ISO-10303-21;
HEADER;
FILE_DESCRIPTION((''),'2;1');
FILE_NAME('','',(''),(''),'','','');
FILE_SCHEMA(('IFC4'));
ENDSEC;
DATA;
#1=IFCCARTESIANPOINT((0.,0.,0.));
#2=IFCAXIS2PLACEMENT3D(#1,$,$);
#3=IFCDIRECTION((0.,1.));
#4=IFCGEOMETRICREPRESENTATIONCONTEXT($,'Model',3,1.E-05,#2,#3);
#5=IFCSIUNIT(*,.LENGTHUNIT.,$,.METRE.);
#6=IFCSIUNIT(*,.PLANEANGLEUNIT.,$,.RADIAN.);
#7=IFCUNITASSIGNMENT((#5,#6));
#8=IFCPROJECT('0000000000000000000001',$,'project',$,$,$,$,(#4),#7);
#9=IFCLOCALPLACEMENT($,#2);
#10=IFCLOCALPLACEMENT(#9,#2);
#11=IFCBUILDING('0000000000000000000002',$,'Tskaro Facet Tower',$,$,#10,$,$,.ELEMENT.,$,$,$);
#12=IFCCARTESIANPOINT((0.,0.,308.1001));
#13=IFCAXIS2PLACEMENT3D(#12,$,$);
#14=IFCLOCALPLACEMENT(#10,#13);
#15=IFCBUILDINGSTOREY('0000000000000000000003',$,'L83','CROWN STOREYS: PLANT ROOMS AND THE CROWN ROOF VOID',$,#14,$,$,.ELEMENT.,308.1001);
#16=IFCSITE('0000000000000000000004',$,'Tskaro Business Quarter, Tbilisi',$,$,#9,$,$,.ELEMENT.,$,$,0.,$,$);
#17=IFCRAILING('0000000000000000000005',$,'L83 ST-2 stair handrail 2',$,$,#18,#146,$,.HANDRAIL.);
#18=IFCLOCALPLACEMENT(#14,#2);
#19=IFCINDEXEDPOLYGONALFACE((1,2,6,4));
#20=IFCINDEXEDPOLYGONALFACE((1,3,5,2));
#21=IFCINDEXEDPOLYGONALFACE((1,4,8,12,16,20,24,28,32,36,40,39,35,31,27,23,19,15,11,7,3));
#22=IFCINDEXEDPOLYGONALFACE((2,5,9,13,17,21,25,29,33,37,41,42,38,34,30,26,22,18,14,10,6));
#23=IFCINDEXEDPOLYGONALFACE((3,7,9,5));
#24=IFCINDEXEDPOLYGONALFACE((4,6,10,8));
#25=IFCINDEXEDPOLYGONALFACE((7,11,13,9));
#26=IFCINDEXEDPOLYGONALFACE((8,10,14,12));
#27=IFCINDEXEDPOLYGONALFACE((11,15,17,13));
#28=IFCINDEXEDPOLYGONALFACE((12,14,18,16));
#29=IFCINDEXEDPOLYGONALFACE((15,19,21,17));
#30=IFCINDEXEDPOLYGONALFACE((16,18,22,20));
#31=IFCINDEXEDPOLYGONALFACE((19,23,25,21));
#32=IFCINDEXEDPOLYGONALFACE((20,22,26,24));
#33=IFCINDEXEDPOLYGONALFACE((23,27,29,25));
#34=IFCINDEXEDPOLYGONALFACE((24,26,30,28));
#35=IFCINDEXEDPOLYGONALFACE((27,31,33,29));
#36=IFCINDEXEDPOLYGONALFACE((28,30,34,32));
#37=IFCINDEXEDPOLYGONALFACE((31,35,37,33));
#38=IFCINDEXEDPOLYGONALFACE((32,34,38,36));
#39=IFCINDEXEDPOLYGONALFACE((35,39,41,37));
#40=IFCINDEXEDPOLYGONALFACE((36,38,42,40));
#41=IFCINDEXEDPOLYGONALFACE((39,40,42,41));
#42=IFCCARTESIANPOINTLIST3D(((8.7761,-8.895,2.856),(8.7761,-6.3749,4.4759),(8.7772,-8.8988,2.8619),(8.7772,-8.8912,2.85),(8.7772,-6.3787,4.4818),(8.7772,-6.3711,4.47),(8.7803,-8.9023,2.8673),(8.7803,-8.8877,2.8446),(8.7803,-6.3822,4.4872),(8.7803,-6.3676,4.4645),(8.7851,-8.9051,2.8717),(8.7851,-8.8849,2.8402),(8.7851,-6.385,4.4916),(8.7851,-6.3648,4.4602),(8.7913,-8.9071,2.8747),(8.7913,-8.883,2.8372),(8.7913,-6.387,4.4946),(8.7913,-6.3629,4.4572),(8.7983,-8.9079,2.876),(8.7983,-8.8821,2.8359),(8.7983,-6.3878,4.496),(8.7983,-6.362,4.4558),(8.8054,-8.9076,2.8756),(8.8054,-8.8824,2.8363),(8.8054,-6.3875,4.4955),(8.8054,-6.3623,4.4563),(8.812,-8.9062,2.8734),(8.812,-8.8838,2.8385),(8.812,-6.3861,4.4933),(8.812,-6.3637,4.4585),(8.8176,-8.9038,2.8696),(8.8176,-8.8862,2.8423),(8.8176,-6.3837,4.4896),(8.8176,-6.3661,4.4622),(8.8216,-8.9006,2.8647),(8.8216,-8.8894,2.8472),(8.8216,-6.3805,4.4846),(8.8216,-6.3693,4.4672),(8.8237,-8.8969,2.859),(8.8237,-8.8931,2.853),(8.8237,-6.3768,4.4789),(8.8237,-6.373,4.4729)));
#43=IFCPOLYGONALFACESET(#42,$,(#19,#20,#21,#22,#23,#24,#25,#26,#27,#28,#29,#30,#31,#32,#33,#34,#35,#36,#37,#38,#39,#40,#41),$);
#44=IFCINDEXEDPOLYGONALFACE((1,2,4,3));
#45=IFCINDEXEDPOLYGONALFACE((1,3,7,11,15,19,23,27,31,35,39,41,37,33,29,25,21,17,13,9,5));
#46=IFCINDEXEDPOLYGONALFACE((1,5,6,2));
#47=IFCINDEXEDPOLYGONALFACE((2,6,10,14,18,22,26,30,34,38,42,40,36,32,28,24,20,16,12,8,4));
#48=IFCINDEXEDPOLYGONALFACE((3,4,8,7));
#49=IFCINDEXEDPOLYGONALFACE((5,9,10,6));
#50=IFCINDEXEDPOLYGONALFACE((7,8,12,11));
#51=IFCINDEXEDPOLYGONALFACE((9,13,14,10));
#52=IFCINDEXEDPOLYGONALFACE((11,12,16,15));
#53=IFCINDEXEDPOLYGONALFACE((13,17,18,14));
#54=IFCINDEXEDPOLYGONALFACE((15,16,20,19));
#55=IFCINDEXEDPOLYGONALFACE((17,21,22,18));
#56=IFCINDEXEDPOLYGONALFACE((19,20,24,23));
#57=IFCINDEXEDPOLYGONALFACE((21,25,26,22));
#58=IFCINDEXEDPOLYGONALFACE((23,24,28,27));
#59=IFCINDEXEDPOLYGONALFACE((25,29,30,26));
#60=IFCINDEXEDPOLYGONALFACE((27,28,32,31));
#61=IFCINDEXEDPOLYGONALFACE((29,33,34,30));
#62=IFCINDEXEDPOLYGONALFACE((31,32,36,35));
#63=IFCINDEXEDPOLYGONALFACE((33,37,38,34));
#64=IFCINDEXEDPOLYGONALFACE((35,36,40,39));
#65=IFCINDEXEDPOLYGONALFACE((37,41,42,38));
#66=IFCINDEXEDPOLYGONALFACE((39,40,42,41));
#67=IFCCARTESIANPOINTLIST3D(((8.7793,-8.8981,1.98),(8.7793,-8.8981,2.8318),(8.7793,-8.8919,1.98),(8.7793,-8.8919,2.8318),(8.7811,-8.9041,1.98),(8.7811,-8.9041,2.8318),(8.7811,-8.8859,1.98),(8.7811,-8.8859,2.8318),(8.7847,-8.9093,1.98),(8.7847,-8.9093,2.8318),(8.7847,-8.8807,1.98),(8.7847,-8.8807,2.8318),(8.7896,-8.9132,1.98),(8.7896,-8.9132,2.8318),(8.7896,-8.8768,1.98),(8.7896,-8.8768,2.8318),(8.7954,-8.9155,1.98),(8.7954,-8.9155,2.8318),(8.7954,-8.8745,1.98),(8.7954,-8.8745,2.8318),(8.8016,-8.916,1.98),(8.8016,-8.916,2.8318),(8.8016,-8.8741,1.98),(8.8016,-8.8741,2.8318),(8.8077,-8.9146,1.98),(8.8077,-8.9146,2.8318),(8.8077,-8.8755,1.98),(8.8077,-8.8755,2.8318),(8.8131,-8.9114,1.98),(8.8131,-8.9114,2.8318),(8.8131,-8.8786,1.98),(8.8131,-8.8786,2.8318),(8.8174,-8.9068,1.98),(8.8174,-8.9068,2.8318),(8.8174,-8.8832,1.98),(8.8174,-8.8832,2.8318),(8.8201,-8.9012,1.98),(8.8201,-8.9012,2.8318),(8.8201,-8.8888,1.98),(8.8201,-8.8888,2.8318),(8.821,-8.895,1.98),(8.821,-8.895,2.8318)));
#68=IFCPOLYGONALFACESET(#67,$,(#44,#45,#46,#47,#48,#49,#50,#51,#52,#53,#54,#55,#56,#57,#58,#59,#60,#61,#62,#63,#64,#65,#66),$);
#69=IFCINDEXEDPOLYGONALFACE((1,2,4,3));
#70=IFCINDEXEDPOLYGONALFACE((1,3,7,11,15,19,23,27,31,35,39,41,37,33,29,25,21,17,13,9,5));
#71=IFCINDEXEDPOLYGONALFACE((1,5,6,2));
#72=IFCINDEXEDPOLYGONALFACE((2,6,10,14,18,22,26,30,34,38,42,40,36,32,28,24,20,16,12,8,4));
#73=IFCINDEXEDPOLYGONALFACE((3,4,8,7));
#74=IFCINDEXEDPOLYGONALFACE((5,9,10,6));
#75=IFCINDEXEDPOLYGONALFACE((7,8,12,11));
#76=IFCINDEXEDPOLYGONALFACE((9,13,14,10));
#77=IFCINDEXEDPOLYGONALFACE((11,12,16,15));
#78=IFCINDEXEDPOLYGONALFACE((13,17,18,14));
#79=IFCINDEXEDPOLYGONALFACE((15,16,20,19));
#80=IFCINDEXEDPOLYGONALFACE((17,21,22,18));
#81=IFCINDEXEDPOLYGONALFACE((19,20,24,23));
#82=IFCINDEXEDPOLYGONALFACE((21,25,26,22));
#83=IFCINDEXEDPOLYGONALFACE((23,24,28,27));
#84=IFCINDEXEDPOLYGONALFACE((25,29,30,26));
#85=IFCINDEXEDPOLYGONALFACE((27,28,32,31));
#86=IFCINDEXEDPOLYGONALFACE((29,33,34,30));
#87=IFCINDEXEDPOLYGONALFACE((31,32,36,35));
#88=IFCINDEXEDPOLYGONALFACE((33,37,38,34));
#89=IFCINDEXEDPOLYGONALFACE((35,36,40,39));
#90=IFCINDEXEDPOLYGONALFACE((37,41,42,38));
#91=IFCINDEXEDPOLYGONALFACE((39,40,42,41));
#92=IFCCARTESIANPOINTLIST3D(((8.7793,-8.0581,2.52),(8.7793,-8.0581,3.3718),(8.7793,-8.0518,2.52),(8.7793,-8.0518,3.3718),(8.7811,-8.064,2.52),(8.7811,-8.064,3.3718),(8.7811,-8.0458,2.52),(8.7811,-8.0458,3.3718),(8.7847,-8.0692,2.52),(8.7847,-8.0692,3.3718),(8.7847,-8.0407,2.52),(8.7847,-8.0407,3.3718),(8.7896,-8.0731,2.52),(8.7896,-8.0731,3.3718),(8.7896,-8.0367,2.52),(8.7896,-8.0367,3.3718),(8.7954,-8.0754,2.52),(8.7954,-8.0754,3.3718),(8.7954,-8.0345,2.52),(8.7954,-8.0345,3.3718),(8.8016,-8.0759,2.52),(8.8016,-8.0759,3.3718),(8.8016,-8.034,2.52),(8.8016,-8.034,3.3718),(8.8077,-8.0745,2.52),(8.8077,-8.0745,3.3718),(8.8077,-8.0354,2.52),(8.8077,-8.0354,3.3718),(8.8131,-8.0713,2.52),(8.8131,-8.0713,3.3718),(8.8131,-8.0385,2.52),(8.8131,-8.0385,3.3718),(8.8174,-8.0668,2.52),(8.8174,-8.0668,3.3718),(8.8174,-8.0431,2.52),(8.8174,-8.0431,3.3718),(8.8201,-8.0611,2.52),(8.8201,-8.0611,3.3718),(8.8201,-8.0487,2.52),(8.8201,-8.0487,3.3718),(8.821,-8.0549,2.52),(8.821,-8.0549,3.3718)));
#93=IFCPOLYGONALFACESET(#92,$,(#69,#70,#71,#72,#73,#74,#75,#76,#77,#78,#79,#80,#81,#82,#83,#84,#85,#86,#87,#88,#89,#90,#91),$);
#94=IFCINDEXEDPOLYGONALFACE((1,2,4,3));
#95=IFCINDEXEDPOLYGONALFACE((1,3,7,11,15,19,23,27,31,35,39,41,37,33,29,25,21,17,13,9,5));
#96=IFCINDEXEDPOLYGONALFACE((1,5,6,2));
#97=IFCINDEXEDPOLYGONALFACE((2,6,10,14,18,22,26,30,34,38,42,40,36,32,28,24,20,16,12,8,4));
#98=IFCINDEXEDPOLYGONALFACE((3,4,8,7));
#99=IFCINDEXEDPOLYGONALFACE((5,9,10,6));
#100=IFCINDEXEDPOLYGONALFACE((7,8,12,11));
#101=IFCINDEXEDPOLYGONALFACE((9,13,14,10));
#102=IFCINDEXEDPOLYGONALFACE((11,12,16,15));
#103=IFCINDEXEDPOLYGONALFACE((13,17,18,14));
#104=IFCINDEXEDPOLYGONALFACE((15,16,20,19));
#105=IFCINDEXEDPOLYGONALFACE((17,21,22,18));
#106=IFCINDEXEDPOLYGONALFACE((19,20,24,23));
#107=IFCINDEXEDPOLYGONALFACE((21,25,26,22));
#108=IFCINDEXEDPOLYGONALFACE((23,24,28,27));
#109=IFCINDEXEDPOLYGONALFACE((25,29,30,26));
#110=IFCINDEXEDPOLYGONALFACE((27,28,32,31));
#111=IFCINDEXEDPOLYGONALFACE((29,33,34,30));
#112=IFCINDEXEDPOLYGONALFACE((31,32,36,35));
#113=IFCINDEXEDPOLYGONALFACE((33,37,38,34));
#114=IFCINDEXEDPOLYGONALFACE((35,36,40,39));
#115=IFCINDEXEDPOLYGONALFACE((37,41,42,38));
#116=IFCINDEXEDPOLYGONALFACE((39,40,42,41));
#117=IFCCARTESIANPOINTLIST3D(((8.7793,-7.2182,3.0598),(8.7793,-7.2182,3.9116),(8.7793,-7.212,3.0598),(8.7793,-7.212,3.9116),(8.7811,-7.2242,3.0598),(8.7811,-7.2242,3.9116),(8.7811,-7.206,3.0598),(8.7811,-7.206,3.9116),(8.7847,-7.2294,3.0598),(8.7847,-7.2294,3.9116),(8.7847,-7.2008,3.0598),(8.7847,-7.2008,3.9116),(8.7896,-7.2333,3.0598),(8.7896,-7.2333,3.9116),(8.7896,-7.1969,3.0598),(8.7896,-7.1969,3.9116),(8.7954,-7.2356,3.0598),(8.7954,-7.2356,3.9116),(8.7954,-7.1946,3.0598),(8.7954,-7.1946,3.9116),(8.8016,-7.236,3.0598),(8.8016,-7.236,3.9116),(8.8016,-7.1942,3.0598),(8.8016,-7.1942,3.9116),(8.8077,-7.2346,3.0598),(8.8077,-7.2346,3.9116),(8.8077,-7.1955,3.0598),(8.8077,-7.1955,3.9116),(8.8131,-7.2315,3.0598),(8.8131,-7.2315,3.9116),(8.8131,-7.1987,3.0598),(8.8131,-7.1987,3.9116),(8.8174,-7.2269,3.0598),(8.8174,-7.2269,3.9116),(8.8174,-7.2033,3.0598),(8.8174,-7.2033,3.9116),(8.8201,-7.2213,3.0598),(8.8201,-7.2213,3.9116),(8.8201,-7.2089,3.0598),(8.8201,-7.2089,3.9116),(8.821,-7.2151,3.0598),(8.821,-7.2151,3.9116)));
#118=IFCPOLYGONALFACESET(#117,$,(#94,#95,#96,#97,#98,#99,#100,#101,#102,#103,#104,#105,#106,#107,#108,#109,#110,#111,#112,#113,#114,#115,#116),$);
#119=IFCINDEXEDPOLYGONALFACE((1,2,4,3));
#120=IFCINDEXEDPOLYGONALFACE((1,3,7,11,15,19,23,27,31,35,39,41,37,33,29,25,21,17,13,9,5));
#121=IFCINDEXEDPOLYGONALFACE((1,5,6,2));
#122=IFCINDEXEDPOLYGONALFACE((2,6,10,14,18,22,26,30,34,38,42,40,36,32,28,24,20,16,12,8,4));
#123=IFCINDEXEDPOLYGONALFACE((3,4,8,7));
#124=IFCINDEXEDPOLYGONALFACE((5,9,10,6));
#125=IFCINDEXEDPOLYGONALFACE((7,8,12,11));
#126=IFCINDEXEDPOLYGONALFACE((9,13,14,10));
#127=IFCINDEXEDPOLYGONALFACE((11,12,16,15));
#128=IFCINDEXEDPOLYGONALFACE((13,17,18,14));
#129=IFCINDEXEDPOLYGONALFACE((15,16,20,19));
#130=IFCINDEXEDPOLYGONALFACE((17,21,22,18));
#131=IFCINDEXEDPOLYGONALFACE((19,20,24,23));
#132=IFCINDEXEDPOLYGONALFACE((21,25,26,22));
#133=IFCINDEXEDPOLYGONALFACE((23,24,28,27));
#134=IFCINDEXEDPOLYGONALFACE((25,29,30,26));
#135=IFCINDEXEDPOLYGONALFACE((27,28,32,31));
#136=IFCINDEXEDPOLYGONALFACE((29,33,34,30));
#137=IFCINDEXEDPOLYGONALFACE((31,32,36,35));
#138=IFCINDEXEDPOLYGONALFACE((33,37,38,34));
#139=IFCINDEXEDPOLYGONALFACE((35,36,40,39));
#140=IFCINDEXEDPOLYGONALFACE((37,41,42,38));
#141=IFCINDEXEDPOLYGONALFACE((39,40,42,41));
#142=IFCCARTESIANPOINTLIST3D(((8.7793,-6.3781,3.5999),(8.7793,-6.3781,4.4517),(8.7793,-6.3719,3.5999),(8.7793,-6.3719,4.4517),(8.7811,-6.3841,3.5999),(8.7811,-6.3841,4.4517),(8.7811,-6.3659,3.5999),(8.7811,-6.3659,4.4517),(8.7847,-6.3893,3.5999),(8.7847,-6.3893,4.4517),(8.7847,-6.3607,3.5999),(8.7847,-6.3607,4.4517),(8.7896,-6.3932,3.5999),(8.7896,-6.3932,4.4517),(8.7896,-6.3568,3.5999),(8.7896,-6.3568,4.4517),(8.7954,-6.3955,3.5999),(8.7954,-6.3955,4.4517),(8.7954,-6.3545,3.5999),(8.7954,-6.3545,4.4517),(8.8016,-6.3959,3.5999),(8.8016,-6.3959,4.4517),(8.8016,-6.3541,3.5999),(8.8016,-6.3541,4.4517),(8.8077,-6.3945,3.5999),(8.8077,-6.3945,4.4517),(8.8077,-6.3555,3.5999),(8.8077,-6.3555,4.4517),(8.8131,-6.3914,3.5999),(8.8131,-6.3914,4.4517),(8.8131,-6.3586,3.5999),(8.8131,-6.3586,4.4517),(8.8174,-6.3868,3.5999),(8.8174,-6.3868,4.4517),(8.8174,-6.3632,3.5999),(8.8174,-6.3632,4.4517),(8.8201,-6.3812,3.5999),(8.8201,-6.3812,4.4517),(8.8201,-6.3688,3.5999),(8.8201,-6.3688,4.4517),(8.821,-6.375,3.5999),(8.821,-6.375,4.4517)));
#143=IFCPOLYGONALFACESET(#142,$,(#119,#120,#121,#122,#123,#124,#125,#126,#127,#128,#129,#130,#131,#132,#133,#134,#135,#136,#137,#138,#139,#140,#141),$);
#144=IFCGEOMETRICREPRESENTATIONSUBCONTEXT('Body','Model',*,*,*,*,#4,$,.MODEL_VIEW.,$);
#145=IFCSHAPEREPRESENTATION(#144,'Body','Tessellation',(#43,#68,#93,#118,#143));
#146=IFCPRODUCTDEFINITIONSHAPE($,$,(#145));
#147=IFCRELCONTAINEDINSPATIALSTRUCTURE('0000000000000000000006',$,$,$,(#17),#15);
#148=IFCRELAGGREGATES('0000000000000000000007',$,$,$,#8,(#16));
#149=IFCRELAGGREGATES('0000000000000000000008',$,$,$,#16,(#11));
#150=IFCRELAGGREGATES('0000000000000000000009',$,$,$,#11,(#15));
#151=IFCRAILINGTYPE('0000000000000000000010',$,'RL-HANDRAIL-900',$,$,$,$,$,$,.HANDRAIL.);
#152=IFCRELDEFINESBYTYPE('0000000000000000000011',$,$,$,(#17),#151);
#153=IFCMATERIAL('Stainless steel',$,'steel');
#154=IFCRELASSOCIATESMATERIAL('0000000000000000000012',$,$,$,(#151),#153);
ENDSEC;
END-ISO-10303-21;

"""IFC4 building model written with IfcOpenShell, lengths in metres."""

from ifc_helpers import new_model, si_unit, direction, frame, origin, origin_2d, place, context, subcontext, project, spatial, circle, extrude, material, type_object, element, save


model = new_model("IFC4")

# Units and contexts
model_context = context("Model", 3, precision=1e-05, world=origin(), true_north=direction((0.0, 1.0)))
body_context = subcontext(model_context, "Body", "Model", "MODEL_VIEW")
ifc_project = project(units=[si_unit("LENGTHUNIT", "METRE"), si_unit("PLANEANGLEUNIT", "RADIAN")], contexts=[model_context])

# Site, building, storey
site_placement = place(None, origin())
site = spatial("IfcSite", under=ifc_project, at=site_placement, Name="Tskaro Business Quarter, Tbilisi", CompositionType="ELEMENT", RefElevation=0.0)
building_placement = place(site_placement, origin())
building = spatial("IfcBuilding", under=site, at=building_placement, Name="Tskaro Facet Tower", CompositionType="ELEMENT")
storey_placement = place(building_placement, frame((0.0, 0.0, 308.1001)))
storey = spatial("IfcBuildingStorey", under=building, at=storey_placement, Name="L83", Description="CROWN STOREYS: PLANT ROOMS AND THE CROWN ROOF VOID", CompositionType="ELEMENT", Elevation=308.1001)

# Railing
ifc_material_1 = material(Name="Stainless steel", Category="steel")
railing_type_1 = type_object("IfcRailingType", Name="RL-HANDRAIL-900", PredefinedType="HANDRAIL", material=ifc_material_1)
for number, where, name in (
    (1, (8.8, -8.895, 1.98), "L83 ST-2 stair handrail 2"),
):
    element("IfcRailing", number, at=place(storey_placement, frame(where)), inside=storey, type_object=railing_type_1, Name=name, PredefinedType="HANDRAIL", context=body_context, shape_type="SweptSolid", body=[
        extrude(circle(Radius=0.0239, at=origin_2d()), frame((0.0, 0.0, 0.876), z_axis=(0.0, 0.8412, 0.540725), x_axis=(-1.0, 0.0, 0.0)), (0.0, 0.0, 1.0), 2.9958),
        extrude(circle(Radius=0.021, at=origin_2d()), origin(), (0.0, 0.0, 1.0), 0.8518),
        extrude(circle(Radius=0.021, at=origin_2d()), frame((0.0, 0.8401, 0.54)), (0.0, 0.0, 1.0), 0.8518),
        extrude(circle(Radius=0.021, at=origin_2d()), frame((0.0, 1.6799, 1.0798)), (0.0, 0.0, 1.0), 0.8518),
        extrude(circle(Radius=0.021, at=origin_2d()), frame((0.0, 2.52, 1.6199)), (0.0, 0.0, 1.0), 0.8518),
    ])

save(model, "model.ifc")
